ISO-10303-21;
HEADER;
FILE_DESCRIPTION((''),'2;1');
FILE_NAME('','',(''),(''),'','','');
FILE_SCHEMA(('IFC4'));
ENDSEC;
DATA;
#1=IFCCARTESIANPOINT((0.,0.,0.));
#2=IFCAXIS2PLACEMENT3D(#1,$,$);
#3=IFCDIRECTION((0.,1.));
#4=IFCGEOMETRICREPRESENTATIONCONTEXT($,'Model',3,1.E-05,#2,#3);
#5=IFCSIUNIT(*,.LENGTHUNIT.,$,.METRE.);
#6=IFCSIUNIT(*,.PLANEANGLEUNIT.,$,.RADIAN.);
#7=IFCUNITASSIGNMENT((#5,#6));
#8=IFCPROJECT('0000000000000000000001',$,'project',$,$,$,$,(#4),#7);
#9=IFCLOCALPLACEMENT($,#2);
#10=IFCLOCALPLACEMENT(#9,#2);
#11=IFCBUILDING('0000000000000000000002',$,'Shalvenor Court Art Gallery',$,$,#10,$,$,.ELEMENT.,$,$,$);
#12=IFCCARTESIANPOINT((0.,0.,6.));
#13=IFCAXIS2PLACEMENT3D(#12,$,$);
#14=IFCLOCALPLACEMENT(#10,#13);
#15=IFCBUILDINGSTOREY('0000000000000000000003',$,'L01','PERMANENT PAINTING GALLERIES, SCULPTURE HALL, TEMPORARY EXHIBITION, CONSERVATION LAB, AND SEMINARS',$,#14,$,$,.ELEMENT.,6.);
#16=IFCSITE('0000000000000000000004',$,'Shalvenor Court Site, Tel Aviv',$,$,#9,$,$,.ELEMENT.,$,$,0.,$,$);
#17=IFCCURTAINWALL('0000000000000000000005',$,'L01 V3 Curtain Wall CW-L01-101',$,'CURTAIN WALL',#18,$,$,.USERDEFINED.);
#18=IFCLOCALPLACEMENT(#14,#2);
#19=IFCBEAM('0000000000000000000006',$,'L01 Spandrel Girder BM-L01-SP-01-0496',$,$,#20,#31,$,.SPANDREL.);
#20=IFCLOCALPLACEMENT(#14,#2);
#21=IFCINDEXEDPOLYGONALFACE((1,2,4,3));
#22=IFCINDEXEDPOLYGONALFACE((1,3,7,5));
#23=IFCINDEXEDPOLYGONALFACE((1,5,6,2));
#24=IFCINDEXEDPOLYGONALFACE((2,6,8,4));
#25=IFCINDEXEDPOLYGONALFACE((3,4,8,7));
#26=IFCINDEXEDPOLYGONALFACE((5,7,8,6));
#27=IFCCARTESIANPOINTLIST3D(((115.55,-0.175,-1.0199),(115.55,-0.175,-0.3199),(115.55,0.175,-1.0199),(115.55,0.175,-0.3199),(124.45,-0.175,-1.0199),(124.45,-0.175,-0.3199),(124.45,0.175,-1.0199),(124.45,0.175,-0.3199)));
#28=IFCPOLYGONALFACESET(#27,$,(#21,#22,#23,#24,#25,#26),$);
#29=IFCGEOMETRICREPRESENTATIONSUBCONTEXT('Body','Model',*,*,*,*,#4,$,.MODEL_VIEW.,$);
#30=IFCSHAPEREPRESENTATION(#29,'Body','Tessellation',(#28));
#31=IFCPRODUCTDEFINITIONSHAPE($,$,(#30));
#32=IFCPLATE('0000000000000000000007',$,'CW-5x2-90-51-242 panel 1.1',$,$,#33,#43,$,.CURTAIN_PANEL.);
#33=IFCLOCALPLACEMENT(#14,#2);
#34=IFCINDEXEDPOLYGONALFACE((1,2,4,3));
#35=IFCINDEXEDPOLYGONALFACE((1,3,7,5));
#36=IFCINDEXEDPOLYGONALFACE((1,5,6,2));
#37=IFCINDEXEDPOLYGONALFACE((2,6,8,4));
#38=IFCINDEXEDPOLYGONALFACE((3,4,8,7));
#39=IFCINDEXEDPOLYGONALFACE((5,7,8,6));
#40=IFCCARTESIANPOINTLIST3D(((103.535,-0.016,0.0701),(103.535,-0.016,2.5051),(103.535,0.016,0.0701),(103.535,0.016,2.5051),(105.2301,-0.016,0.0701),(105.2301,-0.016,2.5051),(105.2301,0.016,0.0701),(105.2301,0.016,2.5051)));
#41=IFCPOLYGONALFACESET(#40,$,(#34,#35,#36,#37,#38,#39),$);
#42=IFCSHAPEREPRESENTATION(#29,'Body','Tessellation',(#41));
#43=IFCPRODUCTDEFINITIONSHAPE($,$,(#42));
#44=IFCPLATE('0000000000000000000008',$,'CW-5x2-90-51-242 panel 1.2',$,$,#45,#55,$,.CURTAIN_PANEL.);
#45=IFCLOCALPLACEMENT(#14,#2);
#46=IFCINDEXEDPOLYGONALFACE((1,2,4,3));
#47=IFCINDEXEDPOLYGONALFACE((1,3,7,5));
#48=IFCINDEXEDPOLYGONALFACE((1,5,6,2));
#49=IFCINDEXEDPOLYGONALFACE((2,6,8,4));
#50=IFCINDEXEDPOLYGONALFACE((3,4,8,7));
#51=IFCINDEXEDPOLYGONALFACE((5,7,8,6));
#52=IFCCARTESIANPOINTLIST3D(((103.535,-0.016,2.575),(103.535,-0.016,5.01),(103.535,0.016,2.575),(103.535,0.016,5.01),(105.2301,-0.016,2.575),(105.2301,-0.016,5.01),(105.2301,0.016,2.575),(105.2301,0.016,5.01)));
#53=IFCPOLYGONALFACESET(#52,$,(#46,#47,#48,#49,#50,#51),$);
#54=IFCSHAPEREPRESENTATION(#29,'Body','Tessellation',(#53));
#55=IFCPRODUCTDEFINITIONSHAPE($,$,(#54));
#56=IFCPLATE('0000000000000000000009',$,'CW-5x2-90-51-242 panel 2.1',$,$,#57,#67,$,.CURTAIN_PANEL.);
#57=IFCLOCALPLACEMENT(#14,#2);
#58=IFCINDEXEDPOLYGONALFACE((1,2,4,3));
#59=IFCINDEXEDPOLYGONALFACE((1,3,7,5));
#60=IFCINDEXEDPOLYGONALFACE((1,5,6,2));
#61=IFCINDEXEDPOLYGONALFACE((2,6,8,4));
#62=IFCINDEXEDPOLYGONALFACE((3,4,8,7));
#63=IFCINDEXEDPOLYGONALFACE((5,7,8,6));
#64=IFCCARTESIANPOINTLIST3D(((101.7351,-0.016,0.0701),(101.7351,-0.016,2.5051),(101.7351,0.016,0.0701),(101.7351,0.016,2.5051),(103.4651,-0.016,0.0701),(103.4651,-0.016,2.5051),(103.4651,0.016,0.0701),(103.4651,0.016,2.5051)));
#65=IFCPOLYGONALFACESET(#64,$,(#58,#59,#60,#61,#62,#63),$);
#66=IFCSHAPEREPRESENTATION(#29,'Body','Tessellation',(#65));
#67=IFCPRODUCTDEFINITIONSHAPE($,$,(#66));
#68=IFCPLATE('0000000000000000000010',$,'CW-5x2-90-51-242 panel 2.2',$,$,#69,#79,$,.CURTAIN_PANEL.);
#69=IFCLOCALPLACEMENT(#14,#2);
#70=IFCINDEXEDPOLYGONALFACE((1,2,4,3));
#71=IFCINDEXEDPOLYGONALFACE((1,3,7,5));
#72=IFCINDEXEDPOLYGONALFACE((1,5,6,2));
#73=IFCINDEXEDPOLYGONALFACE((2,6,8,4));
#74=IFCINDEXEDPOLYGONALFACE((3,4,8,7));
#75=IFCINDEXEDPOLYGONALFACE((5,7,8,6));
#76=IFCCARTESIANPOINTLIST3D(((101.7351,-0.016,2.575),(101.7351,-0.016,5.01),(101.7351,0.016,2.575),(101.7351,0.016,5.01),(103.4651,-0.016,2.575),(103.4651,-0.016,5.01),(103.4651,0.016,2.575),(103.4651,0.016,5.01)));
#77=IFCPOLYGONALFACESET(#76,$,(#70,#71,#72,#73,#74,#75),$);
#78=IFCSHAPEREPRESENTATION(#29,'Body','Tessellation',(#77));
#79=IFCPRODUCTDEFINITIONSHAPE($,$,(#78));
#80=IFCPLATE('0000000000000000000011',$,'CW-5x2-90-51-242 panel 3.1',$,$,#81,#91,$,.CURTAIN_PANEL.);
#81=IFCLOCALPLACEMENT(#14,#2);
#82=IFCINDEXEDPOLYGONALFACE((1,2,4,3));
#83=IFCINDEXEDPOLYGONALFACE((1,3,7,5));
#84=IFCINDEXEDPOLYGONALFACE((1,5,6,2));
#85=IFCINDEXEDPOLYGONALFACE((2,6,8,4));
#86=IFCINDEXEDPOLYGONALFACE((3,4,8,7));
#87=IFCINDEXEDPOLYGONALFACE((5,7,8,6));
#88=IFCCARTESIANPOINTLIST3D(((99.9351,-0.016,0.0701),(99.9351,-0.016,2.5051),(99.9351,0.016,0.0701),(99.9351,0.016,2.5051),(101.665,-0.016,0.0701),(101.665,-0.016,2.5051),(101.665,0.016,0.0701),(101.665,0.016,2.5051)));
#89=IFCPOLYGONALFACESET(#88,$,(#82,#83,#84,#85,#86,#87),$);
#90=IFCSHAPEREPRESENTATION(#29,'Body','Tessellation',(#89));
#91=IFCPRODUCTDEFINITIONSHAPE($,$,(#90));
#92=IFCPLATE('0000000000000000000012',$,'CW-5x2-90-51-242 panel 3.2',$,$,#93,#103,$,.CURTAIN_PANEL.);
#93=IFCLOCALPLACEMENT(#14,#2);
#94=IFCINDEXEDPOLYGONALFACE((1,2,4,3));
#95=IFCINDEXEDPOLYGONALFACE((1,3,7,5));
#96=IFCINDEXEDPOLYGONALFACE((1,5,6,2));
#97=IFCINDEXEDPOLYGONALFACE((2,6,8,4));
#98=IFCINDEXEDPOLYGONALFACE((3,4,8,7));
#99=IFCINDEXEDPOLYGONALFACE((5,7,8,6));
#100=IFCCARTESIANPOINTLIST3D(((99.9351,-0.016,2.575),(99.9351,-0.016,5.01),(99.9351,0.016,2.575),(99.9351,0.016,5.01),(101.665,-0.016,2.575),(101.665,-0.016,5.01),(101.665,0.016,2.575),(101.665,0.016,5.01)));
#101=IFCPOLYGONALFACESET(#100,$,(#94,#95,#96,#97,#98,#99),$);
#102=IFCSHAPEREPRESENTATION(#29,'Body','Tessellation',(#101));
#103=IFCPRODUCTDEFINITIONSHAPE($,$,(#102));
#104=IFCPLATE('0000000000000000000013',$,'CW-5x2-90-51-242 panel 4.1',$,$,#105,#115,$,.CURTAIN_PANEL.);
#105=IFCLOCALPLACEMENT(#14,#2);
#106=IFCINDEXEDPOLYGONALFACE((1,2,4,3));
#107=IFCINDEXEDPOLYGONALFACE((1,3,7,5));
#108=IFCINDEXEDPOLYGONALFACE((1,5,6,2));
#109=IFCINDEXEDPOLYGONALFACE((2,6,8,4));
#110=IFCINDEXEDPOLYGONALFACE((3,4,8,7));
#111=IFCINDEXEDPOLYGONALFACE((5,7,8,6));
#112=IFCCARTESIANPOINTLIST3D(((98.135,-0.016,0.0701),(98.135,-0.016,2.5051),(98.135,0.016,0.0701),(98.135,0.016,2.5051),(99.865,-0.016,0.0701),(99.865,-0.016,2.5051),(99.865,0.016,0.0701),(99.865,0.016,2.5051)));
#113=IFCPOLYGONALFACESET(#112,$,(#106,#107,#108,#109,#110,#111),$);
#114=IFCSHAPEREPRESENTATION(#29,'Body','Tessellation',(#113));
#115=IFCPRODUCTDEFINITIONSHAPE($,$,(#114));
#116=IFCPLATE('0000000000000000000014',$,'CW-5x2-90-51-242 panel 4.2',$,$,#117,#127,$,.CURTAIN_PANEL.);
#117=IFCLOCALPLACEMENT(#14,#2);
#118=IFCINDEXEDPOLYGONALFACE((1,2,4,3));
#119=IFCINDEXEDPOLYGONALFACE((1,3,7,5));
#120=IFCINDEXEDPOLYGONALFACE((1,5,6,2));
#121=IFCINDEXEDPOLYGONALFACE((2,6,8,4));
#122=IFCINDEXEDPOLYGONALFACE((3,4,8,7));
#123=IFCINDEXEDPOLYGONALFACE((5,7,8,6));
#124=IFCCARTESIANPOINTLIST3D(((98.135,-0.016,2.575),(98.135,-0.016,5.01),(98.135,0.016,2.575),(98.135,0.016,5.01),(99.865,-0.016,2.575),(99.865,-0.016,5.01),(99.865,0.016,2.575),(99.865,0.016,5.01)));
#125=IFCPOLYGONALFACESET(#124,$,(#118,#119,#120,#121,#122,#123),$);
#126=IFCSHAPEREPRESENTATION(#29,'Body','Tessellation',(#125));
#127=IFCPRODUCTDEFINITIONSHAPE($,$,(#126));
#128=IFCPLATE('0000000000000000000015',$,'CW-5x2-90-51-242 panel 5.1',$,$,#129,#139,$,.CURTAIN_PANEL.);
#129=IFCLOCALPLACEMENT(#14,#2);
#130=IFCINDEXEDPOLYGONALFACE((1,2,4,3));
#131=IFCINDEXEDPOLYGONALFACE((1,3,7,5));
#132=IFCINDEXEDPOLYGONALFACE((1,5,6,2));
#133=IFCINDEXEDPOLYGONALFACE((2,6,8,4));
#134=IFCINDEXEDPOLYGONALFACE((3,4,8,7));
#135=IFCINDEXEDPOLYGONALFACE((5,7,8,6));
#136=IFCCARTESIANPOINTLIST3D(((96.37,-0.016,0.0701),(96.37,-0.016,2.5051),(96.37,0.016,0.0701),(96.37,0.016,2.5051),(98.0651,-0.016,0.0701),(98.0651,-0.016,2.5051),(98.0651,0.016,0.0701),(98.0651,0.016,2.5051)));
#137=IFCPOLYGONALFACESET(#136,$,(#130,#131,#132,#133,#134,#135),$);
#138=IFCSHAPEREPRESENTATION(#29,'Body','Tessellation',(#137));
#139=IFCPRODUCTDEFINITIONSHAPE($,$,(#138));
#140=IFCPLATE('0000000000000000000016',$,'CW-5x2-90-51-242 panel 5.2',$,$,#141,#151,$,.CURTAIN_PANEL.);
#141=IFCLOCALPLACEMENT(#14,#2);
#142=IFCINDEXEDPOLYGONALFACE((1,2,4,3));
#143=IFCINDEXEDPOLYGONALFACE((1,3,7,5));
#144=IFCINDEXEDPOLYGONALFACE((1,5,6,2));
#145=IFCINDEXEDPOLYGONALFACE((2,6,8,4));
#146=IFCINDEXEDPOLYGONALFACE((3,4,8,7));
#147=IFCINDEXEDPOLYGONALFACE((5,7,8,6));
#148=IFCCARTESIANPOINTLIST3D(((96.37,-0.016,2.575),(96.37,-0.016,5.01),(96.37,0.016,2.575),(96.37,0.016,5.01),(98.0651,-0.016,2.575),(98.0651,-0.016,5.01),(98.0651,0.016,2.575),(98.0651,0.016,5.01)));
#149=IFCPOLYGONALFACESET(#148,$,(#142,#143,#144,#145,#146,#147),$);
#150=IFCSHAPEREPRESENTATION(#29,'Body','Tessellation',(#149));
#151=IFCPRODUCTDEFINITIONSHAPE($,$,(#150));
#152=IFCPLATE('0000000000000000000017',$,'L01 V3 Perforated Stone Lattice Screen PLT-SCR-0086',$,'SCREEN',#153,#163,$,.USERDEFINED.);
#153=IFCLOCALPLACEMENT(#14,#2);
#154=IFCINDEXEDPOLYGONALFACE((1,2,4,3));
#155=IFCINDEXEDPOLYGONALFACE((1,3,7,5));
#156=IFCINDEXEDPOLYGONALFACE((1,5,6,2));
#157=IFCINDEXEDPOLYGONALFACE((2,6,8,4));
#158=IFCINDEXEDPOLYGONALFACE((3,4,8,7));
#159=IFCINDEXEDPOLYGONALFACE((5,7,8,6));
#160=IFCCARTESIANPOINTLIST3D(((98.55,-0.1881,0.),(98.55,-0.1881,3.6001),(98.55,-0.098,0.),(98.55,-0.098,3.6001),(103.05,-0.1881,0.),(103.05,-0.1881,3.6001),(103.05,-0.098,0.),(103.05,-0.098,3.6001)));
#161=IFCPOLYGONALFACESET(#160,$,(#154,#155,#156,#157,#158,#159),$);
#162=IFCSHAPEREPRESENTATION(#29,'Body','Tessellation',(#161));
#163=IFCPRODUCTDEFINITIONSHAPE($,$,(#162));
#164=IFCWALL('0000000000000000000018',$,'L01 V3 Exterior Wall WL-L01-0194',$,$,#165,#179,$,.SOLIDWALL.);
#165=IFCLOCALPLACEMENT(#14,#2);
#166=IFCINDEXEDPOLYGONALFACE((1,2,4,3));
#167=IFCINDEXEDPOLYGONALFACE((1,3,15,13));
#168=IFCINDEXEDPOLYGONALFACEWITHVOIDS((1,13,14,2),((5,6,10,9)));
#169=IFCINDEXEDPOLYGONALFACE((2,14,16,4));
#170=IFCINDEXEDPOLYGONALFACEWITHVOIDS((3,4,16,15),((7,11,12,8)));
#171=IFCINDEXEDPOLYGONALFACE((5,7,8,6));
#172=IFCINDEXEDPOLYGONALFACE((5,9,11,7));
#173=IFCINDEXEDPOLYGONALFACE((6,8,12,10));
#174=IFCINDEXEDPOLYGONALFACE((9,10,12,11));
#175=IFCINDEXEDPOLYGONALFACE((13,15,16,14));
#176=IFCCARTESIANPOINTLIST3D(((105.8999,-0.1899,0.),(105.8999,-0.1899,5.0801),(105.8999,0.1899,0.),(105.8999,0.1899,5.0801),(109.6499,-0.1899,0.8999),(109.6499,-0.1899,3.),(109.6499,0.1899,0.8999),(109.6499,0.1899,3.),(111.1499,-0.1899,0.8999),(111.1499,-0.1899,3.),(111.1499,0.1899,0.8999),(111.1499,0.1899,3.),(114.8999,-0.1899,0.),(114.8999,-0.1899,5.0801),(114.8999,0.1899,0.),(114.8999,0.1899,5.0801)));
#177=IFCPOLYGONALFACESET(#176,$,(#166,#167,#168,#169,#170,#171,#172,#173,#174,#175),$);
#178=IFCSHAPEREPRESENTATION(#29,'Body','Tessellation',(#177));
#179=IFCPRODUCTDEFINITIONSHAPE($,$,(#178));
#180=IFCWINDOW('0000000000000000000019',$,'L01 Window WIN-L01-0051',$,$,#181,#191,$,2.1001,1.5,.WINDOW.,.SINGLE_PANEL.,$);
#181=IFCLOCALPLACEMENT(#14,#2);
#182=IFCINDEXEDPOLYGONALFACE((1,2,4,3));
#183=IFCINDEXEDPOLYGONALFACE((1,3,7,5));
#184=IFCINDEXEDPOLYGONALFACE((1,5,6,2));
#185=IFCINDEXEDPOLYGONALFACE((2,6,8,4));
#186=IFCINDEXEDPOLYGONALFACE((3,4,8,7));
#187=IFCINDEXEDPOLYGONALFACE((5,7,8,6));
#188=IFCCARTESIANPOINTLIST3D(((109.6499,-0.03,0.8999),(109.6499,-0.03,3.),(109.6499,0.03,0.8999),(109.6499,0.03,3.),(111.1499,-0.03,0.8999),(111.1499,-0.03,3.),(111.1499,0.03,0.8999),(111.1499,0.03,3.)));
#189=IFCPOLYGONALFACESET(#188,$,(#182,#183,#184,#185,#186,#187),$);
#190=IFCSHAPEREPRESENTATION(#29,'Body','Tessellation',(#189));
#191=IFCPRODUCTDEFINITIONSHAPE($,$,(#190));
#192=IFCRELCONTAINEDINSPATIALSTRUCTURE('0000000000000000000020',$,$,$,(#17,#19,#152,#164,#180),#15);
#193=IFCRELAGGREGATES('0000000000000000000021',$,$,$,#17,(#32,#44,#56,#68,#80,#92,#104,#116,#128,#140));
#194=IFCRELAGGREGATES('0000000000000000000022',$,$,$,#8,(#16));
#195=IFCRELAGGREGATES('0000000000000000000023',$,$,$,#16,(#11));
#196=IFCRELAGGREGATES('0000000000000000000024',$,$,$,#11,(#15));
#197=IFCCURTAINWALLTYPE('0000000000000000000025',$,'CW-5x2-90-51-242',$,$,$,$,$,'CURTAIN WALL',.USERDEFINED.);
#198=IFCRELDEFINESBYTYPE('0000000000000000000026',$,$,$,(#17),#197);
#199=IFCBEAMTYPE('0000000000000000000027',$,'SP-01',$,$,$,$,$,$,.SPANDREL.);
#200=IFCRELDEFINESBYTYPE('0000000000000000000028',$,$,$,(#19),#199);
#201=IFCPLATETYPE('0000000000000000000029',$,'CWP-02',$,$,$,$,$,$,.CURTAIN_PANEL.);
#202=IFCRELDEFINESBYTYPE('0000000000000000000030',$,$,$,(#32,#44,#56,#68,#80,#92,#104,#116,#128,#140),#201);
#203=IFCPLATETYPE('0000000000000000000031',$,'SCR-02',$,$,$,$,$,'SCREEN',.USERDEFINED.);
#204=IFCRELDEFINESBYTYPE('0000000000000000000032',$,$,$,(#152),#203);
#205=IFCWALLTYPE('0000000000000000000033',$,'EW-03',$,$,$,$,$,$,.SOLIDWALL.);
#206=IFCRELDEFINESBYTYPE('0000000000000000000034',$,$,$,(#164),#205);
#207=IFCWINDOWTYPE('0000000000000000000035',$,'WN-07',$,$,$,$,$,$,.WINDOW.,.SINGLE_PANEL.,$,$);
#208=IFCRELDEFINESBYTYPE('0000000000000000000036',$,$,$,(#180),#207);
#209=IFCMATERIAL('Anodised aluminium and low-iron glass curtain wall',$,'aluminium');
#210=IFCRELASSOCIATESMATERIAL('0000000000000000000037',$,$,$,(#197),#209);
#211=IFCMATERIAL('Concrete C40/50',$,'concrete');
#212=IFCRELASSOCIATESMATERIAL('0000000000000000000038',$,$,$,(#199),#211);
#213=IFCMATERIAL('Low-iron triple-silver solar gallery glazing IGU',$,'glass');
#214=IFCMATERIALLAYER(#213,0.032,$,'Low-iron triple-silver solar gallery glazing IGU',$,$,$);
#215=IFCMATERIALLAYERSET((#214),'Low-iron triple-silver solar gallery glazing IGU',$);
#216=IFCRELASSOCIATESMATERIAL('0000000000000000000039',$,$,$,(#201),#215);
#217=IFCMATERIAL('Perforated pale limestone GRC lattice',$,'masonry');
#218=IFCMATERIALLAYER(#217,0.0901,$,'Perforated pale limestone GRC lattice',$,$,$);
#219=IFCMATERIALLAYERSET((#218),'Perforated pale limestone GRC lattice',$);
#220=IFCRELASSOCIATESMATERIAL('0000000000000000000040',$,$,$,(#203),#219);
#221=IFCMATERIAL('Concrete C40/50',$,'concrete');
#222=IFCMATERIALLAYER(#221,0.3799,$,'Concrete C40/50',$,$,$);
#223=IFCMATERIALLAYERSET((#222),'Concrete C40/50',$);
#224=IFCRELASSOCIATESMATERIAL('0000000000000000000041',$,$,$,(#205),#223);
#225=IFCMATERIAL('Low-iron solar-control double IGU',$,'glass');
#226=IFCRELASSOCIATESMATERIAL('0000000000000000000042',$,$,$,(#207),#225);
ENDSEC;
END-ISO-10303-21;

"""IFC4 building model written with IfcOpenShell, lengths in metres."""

from ifc_helpers import new_model, si_unit, direction, frame, frame_2d, origin, origin_2d, place, context, subcontext, project, spatial, rectangle, extrude, material, layer, layer_set, material_profile, profile_set, type_object, element, fill, aggregate, save


model = new_model("IFC4")

# Units and contexts
model_context = context("Model", 3, precision=1e-05, world=origin(), true_north=direction((0.0, 1.0)))
body_context = subcontext(model_context, "Body", "Model", "MODEL_VIEW")
ifc_project = project(units=[si_unit("LENGTHUNIT", "METRE"), si_unit("PLANEANGLEUNIT", "RADIAN")], contexts=[model_context])

# Site, building, storey
site_placement = place(None, origin())
site = spatial("IfcSite", under=ifc_project, at=site_placement, Name="Shalvenor Court Site, Tel Aviv", CompositionType="ELEMENT", RefElevation=0.0)
building_placement = place(site_placement, origin())
building = spatial("IfcBuilding", under=site, at=building_placement, Name="Shalvenor Court Art Gallery", CompositionType="ELEMENT")
storey_placement = place(building_placement, frame((0.0, 0.0, 6.0)))
storey = spatial("IfcBuildingStorey", under=building, at=storey_placement, Name="L01", Description="PERMANENT PAINTING GALLERIES, SCULPTURE HALL, TEMPORARY EXHIBITION, CONSERVATION LAB, AND SEMINARS", CompositionType="ELEMENT", Elevation=6.0)

# Curtain wall
ifc_material_1 = material(Name="Anodised aluminium and low-iron glass curtain wall", Category="aluminium")
curtain_wall_type_1 = type_object("IfcCurtainWallType", Name="CW-5x2-90-51-242", ElementType="CURTAIN WALL", PredefinedType="USERDEFINED", material=ifc_material_1)
curtain_wall_1_placement = place(storey_placement, origin())
curtain_wall_1 = element("IfcCurtainWall", 1, at=curtain_wall_1_placement, inside=storey, type_object=curtain_wall_type_1, Name="L01 V3 Curtain Wall CW-L01-101", ObjectType="CURTAIN WALL", PredefinedType="USERDEFINED")

# Beam
ifc_material_2 = material(Name="Concrete C40/50", Category="concrete")
ifc_material_profile_1 = material_profile(ifc_material_2, rectangle(XDim=0.3501, YDim=0.7, at=origin_2d()), Name="RC 350x700")
ifc_profile_set_1 = profile_set([ifc_material_profile_1], Name="Concrete C40/50")
beam_type = type_object("IfcBeamType", Name="SP-01", PredefinedType="SPANDREL", material=ifc_profile_set_1)
beam_1_placement = place(storey_placement, frame((115.55, 0.0, -0.6699), z_axis=(1.0, 0.0, 0.0), x_axis=(0.0, 1.0, 0.0)))
element("IfcBeam", 2, at=beam_1_placement, inside=storey, type_object=beam_type, Name="L01 Spandrel Girder BM-L01-SP-01-0496", PredefinedType="SPANDREL", context=body_context, shape_type="SweptSolid", body=[
    extrude(rectangle(XDim=0.3501, YDim=0.7, at=origin_2d()), origin(), (0.0, 0.0, 1.0), 8.8999),
])

# Plates
ifc_material_3 = material(Name="Low-iron triple-silver solar gallery glazing IGU", Category="glass")
ifc_layer_1 = layer(ifc_material_3, 0.032, Name="Low-iron triple-silver solar gallery glazing IGU")
ifc_layer_set_1 = layer_set([ifc_layer_1], Name="Low-iron triple-silver solar gallery glazing IGU")
plate_type_1 = type_object("IfcPlateType", Name="CWP-02", PredefinedType="CURTAIN_PANEL", material=ifc_layer_set_1)
plate_1_placement = place(storey_placement, frame((104.3826, 0.0, 0.0701), z_axis=(0.0, 0.0, 1.0), x_axis=(-1.0, 0.0, 0.0)))
plate_1 = element("IfcPlate", 3, at=plate_1_placement, type_object=plate_type_1, Name="CW-5x2-90-51-242 panel 1.1", PredefinedType="CURTAIN_PANEL", context=body_context, shape_type="SweptSolid", body=[
    extrude(rectangle(XDim=1.6951, YDim=0.032, at=origin_2d()), origin(), (0.0, 0.0, 1.0), 2.4351),
])
plate_2_placement = place(storey_placement, frame((104.3826, 0.0, 2.575), z_axis=(0.0, 0.0, 1.0), x_axis=(-1.0, 0.0, 0.0)))
plate_2 = element("IfcPlate", 4, at=plate_2_placement, type_object=plate_type_1, Name="CW-5x2-90-51-242 panel 1.2", PredefinedType="CURTAIN_PANEL", context=body_context, shape_type="SweptSolid", body=[
    extrude(rectangle(XDim=1.6951, YDim=0.032, at=origin_2d()), origin(), (0.0, 0.0, 1.0), 2.4351),
])
plate_3_placement = place(storey_placement, frame((102.6001, 0.0, 0.0701), z_axis=(0.0, 0.0, 1.0), x_axis=(-1.0, 0.0, 0.0)))
plate_3 = element("IfcPlate", 5, at=plate_3_placement, type_object=plate_type_1, Name="CW-5x2-90-51-242 panel 2.1", PredefinedType="CURTAIN_PANEL", context=body_context, shape_type="SweptSolid", body=[
    extrude(rectangle(XDim=1.73, YDim=0.032, at=origin_2d()), origin(), (0.0, 0.0, 1.0), 2.4351),
])
plate_4_placement = place(storey_placement, frame((102.6001, 0.0, 2.575), z_axis=(0.0, 0.0, 1.0), x_axis=(-1.0, 0.0, 0.0)))
plate_4 = element("IfcPlate", 6, at=plate_4_placement, type_object=plate_type_1, Name="CW-5x2-90-51-242 panel 2.2", PredefinedType="CURTAIN_PANEL", context=body_context, shape_type="SweptSolid", body=[
    extrude(rectangle(XDim=1.73, YDim=0.032, at=origin_2d()), origin(), (0.0, 0.0, 1.0), 2.4351),
])
plate_5_placement = place(storey_placement, frame((100.8, 0.0, 0.0701), z_axis=(0.0, 0.0, 1.0), x_axis=(-1.0, 0.0, 0.0)))
plate_5 = element("IfcPlate", 7, at=plate_5_placement, type_object=plate_type_1, Name="CW-5x2-90-51-242 panel 3.1", PredefinedType="CURTAIN_PANEL", context=body_context, shape_type="SweptSolid", body=[
    extrude(rectangle(XDim=1.73, YDim=0.032, at=origin_2d()), origin(), (0.0, 0.0, 1.0), 2.4351),
])
plate_6_placement = place(storey_placement, frame((100.8, 0.0, 2.575), z_axis=(0.0, 0.0, 1.0), x_axis=(-1.0, 0.0, 0.0)))
plate_6 = element("IfcPlate", 8, at=plate_6_placement, type_object=plate_type_1, Name="CW-5x2-90-51-242 panel 3.2", PredefinedType="CURTAIN_PANEL", context=body_context, shape_type="SweptSolid", body=[
    extrude(rectangle(XDim=1.73, YDim=0.032, at=origin_2d()), origin(), (0.0, 0.0, 1.0), 2.4351),
])
plate_7_placement = place(storey_placement, frame((99.0, 0.0, 0.0701), z_axis=(0.0, 0.0, 1.0), x_axis=(-1.0, 0.0, 0.0)))
plate_7 = element("IfcPlate", 9, at=plate_7_placement, type_object=plate_type_1, Name="CW-5x2-90-51-242 panel 4.1", PredefinedType="CURTAIN_PANEL", context=body_context, shape_type="SweptSolid", body=[
    extrude(rectangle(XDim=1.73, YDim=0.032, at=origin_2d()), origin(), (0.0, 0.0, 1.0), 2.4351),
])
plate_8_placement = place(storey_placement, frame((99.0, 0.0, 2.575), z_axis=(0.0, 0.0, 1.0), x_axis=(-1.0, 0.0, 0.0)))
plate_8 = element("IfcPlate", 10, at=plate_8_placement, type_object=plate_type_1, Name="CW-5x2-90-51-242 panel 4.2", PredefinedType="CURTAIN_PANEL", context=body_context, shape_type="SweptSolid", body=[
    extrude(rectangle(XDim=1.73, YDim=0.032, at=origin_2d()), origin(), (0.0, 0.0, 1.0), 2.4351),
])
plate_9_placement = place(storey_placement, frame((97.2175, 0.0, 0.0701), z_axis=(0.0, 0.0, 1.0), x_axis=(-1.0, 0.0, 0.0)))
plate_9 = element("IfcPlate", 11, at=plate_9_placement, type_object=plate_type_1, Name="CW-5x2-90-51-242 panel 5.1", PredefinedType="CURTAIN_PANEL", context=body_context, shape_type="SweptSolid", body=[
    extrude(rectangle(XDim=1.6951, YDim=0.032, at=origin_2d()), origin(), (0.0, 0.0, 1.0), 2.4351),
])
plate_10_placement = place(storey_placement, frame((97.2175, 0.0, 2.575), z_axis=(0.0, 0.0, 1.0), x_axis=(-1.0, 0.0, 0.0)))
plate_10 = element("IfcPlate", 12, at=plate_10_placement, type_object=plate_type_1, Name="CW-5x2-90-51-242 panel 5.2", PredefinedType="CURTAIN_PANEL", context=body_context, shape_type="SweptSolid", body=[
    extrude(rectangle(XDim=1.6951, YDim=0.032, at=origin_2d()), origin(), (0.0, 0.0, 1.0), 2.4351),
])
aggregate(curtain_wall_1, [plate_1, plate_2, plate_3, plate_4, plate_5, plate_6, plate_7, plate_8, plate_9, plate_10])
ifc_material_4 = material(Name="Perforated pale limestone GRC lattice", Category="masonry")
ifc_layer_2 = layer(ifc_material_4, 0.0901, Name="Perforated pale limestone GRC lattice")
ifc_layer_set_2 = layer_set([ifc_layer_2], Name="Perforated pale limestone GRC lattice")
plate_type_2 = type_object("IfcPlateType", Name="SCR-02", ElementType="SCREEN", PredefinedType="USERDEFINED", material=ifc_layer_set_2)
plate_11_placement = place(storey_placement, frame((100.8, -0.1431, 0.0), z_axis=(0.0, 0.0, 1.0), x_axis=(-1.0, 0.0, 0.0)))
element("IfcPlate", 13, at=plate_11_placement, inside=storey, type_object=plate_type_2, Name="L01 V3 Perforated Stone Lattice Screen PLT-SCR-0086", ObjectType="SCREEN", PredefinedType="USERDEFINED", context=body_context, shape_type="SweptSolid", body=[
    extrude(rectangle(XDim=4.5, YDim=0.0901, at=origin_2d()), origin(), (0.0, 0.0, 1.0), 3.6001),
])

# Wall, opening, window
ifc_material_5 = material(Name="Concrete C40/50", Category="concrete")
ifc_layer_3 = layer(ifc_material_5, 0.3799, Name="Concrete C40/50")
ifc_layer_set_3 = layer_set([ifc_layer_3], Name="Concrete C40/50")
wall_type = type_object("IfcWallType", Name="EW-03", PredefinedType="SOLIDWALL", material=ifc_layer_set_3)
wall_placement = place(storey_placement, frame((114.8999, 0.0, 0.0), z_axis=(0.0, 0.0, 1.0), x_axis=(-1.0, 0.0, 0.0)))
wall = element("IfcWall", 14, at=wall_placement, inside=storey, type_object=wall_type, Name="L01 V3 Exterior Wall WL-L01-0194", PredefinedType="SOLIDWALL", context=body_context, shape_type="SweptSolid", body=[
    extrude(rectangle(XDim=9.0, YDim=0.3799, at=frame_2d((4.5, 0.0))), origin(), (0.0, 0.0, 1.0), 5.0801),
])
opening_placement = place(wall_placement, frame((3.75, 0.0, 0.8999)))
opening = element("IfcOpeningElement", 15, at=opening_placement, cuts=wall, PredefinedType="OPENING", context=body_context, shape_type="SweptSolid", body=[
    extrude(rectangle(XDim=1.5, YDim=2.1001, at=frame_2d((0.75, 1.05))), frame((0.0, 0.2, 0.0), z_axis=(0.0, -1.0, 0.0), x_axis=(1.0, 0.0, 0.0)), (0.0, 0.0, 1.0), 0.3999),
])
ifc_material_6 = material(Name="Low-iron solar-control double IGU", Category="glass")
window_type = type_object("IfcWindowType", Name="WN-07", PartitioningType="SINGLE_PANEL", PredefinedType="WINDOW", material=ifc_material_6)
window_placement = place(opening_placement, origin())
window = element("IfcWindow", 16, at=window_placement, inside=storey, type_object=window_type, Name="L01 Window WIN-L01-0051", OverallHeight=2.1001, OverallWidth=1.5, PartitioningType="SINGLE_PANEL", PredefinedType="WINDOW", context=body_context, shape_type="SweptSolid", body=[
    extrude(rectangle(XDim=1.5, YDim=2.1001, at=frame_2d((0.75, 1.05))), frame((0.0, 0.03, 0.0), z_axis=(0.0, -1.0, 0.0), x_axis=(1.0, 0.0, 0.0)), (0.0, 0.0, 1.0), 0.0601),
])
fill(opening, window)

save(model, "model.ifc")
